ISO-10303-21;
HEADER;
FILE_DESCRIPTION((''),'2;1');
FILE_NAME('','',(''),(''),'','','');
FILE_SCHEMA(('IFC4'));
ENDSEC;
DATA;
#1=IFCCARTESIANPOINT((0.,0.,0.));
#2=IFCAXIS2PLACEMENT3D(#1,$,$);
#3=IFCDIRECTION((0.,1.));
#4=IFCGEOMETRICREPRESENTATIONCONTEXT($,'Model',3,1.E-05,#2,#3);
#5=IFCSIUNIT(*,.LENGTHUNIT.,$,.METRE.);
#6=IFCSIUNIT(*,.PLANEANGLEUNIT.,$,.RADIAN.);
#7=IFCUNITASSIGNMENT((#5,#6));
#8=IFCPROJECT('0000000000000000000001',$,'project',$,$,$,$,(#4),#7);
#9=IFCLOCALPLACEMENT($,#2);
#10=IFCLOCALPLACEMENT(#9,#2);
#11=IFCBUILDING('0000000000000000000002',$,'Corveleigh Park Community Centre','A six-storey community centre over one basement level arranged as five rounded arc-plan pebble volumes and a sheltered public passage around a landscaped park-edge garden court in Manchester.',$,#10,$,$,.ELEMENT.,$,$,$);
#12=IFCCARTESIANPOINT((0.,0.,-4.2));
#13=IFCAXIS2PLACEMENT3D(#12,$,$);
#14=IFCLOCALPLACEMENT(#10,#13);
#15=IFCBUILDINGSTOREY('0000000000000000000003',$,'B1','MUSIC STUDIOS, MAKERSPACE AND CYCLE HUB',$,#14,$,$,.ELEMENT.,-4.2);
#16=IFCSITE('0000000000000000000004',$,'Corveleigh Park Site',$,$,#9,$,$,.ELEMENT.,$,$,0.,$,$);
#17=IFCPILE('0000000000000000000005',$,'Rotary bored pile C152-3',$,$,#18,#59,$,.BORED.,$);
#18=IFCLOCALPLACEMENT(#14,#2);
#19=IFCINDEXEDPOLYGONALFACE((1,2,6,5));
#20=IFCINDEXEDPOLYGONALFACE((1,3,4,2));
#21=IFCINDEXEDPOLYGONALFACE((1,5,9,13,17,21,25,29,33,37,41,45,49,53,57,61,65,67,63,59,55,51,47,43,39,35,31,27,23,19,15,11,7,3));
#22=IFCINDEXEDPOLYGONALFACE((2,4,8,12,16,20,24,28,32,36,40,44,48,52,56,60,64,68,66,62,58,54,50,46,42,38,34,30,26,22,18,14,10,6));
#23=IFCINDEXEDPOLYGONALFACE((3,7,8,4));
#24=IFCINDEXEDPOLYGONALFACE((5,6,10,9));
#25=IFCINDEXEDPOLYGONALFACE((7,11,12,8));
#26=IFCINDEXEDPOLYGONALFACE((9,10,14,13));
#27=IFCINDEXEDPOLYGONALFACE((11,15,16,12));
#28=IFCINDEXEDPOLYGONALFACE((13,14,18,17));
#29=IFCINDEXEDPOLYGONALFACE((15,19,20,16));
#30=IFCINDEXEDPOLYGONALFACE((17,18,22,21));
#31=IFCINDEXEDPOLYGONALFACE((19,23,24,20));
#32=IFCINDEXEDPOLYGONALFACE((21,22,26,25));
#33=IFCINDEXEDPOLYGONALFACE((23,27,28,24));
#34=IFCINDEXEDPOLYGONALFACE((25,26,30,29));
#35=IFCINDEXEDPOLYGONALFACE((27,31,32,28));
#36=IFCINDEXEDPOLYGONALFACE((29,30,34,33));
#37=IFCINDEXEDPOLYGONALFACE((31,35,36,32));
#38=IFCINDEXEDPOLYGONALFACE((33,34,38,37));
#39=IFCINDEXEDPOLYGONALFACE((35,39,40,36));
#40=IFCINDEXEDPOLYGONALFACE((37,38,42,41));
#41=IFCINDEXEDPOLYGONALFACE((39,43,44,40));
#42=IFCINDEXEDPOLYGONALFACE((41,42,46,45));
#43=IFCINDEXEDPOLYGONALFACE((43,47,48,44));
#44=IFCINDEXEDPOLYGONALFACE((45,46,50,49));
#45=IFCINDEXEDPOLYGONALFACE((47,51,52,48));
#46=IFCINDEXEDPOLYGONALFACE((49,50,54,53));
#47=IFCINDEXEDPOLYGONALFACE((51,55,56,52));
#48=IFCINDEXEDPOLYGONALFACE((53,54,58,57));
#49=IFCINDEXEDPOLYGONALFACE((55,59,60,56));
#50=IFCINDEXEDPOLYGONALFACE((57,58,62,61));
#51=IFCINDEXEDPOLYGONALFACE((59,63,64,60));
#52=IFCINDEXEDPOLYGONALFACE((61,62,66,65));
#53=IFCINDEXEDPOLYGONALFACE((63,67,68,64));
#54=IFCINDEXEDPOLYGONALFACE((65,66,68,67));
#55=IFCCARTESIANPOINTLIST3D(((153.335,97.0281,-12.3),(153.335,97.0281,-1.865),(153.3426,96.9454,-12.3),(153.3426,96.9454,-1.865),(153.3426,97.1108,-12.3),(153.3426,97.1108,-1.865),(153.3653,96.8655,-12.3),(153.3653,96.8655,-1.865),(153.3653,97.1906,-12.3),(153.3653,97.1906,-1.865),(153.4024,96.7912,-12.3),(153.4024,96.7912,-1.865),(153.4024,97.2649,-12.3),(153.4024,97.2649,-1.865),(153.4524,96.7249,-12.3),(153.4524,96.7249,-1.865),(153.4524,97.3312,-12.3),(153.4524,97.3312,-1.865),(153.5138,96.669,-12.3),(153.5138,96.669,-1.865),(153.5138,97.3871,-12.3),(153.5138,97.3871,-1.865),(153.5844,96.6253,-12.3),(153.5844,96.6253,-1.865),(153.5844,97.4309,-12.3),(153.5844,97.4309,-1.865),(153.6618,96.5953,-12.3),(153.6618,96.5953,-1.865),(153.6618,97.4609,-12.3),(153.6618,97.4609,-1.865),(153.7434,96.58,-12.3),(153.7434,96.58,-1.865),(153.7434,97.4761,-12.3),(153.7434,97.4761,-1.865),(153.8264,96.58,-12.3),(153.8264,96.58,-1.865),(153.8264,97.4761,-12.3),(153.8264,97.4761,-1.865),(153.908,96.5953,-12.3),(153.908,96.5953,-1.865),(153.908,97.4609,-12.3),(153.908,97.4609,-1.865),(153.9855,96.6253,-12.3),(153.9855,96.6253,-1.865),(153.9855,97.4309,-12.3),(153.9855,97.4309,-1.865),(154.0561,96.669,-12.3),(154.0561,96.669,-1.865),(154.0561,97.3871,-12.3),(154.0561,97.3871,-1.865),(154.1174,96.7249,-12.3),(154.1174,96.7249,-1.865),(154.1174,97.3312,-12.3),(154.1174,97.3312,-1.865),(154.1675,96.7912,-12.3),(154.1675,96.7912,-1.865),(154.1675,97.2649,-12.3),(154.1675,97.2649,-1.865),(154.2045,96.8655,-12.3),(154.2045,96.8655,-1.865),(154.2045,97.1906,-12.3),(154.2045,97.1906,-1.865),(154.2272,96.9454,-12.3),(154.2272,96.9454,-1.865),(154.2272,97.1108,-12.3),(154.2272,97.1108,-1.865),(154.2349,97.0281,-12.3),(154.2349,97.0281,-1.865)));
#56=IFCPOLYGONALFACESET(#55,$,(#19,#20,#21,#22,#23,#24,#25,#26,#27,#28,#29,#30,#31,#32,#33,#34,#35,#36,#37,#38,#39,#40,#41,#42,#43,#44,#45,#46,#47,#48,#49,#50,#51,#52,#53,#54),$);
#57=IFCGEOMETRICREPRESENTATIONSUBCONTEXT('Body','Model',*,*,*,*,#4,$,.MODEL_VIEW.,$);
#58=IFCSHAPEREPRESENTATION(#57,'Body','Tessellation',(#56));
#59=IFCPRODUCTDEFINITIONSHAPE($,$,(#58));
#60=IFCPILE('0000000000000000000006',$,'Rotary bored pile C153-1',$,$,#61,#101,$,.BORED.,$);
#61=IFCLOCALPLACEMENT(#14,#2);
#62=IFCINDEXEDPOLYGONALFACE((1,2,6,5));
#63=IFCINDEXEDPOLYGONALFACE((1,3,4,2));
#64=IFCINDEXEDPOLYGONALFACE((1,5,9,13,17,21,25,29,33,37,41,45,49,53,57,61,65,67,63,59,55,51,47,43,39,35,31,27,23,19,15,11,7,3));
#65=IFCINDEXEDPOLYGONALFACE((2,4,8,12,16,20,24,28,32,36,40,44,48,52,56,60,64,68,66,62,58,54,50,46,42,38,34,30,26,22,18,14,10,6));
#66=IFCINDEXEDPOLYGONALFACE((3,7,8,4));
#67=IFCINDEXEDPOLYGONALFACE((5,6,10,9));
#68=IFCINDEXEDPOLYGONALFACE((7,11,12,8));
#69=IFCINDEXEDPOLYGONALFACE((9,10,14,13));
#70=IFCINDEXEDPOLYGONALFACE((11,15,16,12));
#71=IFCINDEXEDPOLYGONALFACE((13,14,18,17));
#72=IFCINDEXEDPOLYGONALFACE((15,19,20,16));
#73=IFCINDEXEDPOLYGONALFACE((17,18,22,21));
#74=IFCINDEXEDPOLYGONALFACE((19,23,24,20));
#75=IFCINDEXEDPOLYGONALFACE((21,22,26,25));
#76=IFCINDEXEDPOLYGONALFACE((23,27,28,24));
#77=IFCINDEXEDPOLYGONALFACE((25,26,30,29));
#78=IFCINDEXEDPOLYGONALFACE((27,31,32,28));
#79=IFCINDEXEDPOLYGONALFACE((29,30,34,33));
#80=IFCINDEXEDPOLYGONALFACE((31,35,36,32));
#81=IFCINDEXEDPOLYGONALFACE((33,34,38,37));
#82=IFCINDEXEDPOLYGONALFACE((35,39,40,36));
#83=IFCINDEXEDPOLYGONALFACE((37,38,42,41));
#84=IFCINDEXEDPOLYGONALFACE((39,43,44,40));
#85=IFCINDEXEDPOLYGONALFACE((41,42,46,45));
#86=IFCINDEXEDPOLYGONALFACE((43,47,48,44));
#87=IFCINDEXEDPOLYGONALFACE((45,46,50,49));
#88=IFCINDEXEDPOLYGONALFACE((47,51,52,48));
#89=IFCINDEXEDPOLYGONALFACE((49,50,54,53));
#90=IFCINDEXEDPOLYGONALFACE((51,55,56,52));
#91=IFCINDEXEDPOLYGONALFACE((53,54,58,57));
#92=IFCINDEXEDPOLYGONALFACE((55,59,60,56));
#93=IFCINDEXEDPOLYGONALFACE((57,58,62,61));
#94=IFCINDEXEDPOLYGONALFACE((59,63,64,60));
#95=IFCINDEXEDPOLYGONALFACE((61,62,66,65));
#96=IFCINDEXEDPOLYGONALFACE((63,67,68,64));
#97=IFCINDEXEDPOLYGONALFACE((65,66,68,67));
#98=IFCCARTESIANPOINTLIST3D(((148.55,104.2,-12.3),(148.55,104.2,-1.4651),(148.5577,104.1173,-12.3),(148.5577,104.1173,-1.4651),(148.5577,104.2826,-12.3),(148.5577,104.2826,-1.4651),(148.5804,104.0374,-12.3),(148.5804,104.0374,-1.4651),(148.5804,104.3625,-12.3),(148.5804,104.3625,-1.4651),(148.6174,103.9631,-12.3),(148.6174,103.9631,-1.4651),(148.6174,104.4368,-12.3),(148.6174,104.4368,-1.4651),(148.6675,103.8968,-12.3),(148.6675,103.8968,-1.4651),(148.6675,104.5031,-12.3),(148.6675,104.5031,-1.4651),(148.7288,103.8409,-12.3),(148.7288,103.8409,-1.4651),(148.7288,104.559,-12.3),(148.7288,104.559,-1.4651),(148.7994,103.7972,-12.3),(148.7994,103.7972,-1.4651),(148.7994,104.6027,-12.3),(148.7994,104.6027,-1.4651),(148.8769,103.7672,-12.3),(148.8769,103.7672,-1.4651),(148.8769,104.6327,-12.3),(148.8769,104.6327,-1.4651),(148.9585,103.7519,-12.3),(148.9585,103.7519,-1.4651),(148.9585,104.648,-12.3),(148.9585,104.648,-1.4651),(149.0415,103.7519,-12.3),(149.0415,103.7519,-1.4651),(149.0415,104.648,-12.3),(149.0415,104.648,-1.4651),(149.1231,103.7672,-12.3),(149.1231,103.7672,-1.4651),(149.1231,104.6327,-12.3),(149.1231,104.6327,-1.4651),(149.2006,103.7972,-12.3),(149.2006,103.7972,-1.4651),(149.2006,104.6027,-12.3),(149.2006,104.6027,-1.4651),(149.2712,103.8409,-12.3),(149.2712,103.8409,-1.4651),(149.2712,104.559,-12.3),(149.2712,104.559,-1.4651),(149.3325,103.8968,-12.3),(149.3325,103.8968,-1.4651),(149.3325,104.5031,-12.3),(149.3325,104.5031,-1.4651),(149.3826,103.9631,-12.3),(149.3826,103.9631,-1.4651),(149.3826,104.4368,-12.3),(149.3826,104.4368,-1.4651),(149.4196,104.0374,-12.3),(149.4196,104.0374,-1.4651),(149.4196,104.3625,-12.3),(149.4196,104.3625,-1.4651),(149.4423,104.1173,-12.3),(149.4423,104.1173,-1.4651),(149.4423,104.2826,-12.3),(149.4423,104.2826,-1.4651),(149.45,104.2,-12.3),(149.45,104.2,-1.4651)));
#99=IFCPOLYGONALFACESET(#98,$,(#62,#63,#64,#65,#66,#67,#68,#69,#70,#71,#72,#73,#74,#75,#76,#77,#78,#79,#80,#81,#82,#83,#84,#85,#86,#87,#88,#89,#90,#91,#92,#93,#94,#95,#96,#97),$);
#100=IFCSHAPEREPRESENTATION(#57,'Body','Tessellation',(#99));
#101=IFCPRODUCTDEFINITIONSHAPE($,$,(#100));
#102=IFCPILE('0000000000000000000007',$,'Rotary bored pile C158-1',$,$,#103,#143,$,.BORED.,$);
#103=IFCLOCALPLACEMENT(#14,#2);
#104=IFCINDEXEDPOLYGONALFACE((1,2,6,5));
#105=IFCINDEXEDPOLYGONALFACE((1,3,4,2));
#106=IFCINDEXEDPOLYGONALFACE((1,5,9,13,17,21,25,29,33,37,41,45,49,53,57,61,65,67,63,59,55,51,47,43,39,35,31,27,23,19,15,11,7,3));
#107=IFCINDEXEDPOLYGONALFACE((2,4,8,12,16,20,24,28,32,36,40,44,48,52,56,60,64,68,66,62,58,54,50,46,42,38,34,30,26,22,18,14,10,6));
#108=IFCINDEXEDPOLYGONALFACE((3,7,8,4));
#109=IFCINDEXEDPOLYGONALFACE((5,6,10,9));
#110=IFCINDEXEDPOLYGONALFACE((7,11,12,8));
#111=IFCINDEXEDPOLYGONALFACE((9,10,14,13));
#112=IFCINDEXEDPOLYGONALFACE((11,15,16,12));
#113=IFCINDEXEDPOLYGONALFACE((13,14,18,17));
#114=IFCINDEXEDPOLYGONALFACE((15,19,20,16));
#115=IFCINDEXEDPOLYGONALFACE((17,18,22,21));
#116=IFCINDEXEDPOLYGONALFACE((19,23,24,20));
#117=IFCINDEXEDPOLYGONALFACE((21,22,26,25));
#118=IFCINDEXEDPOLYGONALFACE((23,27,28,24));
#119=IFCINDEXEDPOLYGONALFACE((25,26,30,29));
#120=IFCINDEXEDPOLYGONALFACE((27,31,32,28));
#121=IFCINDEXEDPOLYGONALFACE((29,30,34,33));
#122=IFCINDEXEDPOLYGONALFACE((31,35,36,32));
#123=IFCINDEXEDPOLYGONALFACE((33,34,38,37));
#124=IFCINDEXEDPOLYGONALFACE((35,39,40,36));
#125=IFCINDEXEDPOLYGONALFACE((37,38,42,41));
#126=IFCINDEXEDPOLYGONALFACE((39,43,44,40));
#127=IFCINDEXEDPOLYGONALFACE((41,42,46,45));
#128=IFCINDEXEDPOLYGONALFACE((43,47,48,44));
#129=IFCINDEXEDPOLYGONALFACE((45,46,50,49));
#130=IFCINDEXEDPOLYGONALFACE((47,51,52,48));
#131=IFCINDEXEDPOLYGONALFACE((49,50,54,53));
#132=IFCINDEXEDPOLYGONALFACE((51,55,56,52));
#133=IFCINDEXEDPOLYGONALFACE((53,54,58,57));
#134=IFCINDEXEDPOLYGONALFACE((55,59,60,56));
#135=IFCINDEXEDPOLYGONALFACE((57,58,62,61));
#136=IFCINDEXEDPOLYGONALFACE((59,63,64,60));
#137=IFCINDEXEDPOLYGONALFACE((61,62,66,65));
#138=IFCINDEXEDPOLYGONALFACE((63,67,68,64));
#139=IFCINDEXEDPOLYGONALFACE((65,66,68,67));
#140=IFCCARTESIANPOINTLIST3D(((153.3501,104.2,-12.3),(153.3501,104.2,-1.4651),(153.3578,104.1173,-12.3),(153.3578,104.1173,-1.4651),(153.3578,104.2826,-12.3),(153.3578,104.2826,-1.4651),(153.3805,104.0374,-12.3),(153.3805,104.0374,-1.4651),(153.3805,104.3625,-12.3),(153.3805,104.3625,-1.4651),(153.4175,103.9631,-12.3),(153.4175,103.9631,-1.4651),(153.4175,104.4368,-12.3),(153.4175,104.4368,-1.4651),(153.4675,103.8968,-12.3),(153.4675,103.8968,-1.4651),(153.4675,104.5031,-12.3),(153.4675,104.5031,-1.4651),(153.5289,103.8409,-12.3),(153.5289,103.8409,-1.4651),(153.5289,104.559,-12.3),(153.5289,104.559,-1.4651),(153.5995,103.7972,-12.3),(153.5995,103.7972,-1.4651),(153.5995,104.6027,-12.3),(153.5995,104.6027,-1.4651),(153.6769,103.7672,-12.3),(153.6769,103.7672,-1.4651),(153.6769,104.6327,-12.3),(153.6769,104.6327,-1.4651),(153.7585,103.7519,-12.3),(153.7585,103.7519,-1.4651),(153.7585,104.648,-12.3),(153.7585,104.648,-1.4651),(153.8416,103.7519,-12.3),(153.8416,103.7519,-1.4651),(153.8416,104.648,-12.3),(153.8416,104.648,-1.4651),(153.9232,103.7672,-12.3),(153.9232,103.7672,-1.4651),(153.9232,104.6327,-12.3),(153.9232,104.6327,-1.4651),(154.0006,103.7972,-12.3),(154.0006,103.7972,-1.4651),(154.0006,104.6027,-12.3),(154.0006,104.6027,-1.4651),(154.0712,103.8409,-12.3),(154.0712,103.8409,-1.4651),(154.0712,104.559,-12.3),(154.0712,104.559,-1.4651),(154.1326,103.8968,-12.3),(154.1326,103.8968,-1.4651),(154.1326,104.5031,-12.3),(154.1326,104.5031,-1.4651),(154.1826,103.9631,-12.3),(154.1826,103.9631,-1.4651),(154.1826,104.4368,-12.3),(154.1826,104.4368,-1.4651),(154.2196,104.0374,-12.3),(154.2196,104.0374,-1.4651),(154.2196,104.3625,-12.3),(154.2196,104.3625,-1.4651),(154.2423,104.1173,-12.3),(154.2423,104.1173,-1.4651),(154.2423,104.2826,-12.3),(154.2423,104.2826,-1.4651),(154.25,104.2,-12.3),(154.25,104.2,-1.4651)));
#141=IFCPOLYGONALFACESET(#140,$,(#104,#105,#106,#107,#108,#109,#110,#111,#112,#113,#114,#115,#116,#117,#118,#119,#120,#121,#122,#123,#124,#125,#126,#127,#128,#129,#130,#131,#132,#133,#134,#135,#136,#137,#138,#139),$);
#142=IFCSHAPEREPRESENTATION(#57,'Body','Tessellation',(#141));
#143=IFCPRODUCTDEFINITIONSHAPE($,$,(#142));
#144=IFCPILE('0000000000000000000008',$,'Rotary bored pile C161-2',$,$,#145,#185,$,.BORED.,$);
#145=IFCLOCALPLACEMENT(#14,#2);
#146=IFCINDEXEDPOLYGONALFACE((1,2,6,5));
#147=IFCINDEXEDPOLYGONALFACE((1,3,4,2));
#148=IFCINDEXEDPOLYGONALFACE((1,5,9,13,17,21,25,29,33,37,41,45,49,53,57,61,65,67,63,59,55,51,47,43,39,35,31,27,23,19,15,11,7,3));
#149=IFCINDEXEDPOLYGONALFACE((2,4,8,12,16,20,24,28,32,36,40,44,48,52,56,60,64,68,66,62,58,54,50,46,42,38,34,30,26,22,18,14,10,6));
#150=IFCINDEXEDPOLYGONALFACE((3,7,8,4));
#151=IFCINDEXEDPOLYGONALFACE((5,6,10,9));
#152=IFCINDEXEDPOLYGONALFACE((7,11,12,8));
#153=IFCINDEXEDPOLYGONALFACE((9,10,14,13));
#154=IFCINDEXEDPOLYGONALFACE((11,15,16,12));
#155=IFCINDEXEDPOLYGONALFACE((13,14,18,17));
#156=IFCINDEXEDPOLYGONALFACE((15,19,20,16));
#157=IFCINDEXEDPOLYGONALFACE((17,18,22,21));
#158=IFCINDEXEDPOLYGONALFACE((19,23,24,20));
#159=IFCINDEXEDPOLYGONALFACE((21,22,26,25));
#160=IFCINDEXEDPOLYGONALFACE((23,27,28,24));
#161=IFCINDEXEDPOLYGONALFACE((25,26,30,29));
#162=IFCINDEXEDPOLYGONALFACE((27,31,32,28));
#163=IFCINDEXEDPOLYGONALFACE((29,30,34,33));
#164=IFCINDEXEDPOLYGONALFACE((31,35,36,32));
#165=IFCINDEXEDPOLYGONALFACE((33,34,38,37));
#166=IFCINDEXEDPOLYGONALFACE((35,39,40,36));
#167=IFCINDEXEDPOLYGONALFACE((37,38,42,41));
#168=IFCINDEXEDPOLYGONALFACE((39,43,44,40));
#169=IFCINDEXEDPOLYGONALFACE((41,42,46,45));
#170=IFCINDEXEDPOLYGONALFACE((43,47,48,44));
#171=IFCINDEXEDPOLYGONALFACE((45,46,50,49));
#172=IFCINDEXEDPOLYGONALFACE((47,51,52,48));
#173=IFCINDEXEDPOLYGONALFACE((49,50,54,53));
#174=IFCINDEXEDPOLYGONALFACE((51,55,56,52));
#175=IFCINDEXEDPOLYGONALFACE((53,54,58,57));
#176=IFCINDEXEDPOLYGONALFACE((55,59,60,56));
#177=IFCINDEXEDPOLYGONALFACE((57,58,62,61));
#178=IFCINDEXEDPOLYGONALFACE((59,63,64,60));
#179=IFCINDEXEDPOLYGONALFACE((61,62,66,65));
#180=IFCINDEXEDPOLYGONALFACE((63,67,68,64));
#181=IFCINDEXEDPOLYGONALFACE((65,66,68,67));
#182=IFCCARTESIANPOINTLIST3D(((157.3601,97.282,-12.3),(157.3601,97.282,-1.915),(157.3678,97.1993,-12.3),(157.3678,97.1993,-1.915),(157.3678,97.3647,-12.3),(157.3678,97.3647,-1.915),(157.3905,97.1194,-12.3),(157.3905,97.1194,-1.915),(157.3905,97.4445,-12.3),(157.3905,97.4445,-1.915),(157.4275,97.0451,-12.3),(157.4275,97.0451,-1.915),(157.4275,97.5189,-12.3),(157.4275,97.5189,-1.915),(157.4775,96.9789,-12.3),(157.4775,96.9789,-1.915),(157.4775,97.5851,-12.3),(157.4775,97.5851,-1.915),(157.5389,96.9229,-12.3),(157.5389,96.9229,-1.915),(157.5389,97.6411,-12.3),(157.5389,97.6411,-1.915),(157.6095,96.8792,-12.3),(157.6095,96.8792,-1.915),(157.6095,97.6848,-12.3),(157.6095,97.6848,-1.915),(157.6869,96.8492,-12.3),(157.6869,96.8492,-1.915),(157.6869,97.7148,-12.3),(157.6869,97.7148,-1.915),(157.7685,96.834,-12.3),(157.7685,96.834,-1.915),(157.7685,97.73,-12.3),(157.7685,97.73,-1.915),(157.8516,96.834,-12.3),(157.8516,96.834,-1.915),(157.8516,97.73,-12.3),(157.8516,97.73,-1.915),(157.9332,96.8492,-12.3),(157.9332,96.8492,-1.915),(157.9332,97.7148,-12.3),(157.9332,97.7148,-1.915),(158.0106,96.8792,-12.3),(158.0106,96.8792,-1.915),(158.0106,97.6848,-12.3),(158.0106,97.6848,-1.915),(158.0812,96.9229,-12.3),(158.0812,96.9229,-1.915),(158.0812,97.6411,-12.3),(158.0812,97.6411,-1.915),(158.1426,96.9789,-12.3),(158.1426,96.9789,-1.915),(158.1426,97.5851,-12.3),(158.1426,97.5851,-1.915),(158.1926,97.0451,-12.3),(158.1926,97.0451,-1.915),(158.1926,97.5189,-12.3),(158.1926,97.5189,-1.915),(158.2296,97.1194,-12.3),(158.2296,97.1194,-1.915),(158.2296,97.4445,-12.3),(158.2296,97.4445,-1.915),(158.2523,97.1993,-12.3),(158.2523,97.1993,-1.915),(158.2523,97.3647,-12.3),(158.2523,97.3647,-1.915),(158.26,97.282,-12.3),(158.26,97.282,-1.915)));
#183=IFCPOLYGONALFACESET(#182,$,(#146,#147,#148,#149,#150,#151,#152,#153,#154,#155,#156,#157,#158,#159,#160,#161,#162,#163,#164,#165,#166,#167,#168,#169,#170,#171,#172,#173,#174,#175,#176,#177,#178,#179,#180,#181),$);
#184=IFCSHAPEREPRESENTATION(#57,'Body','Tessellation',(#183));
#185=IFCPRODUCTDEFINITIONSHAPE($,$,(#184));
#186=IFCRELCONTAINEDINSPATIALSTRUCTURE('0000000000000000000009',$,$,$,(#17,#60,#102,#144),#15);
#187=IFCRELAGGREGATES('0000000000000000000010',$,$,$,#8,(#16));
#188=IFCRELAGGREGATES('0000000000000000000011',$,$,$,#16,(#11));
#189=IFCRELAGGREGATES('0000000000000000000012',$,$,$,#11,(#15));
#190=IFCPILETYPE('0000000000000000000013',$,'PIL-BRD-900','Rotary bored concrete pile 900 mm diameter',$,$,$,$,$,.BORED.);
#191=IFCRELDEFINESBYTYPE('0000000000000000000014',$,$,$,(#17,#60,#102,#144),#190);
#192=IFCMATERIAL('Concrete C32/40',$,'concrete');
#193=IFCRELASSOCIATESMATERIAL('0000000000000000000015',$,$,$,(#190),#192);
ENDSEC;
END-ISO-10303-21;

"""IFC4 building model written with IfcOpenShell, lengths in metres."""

from ifc_helpers import new_model, si_unit, direction, frame, origin, origin_2d, place, context, subcontext, project, spatial, circle, extrude, material, material_profile, profile_set, type_object, element, save


model = new_model("IFC4")

# Units and contexts
model_context = context("Model", 3, precision=1e-05, world=origin(), true_north=direction((0.0, 1.0)))
body_context = subcontext(model_context, "Body", "Model", "MODEL_VIEW")
ifc_project = project(units=[si_unit("LENGTHUNIT", "METRE"), si_unit("PLANEANGLEUNIT", "RADIAN")], contexts=[model_context])

# Site, building, storey
site_placement = place(None, origin())
site = spatial("IfcSite", under=ifc_project, at=site_placement, Name="Corveleigh Park Site", CompositionType="ELEMENT", RefElevation=0.0)
building_placement = place(site_placement, origin())
building = spatial("IfcBuilding", under=site, at=building_placement, Name="Corveleigh Park Community Centre", Description="A six-storey community centre over one basement level arranged as five rounded arc-plan pebble volumes and a sheltered public passage around a landscaped park-edge garden court in Manchester.", CompositionType="ELEMENT")
storey_placement = place(building_placement, frame((0.0, 0.0, -4.2)))
storey = spatial("IfcBuildingStorey", under=building, at=storey_placement, Name="B1", Description="MUSIC STUDIOS, MAKERSPACE AND CYCLE HUB", CompositionType="ELEMENT", Elevation=-4.2)

# Piles
ifc_material_1 = material(Name="Concrete C32/40", Category="concrete")
ifc_material_profile_1 = material_profile(ifc_material_1, circle(Radius=0.45, at=origin_2d()), Name="BORED-PILE-900", Category="concrete")
ifc_profile_set_1 = profile_set([ifc_material_profile_1], Name="Concrete C32/40")
pile_type = type_object("IfcPileType", Name="PIL-BRD-900", Description="Rotary bored concrete pile 900 mm diameter", PredefinedType="BORED", material=ifc_profile_set_1)
for number, where, z_axis, x_axis, name in (
    (1, (153.7849, 97.0281, -1.865), (0.0, 0.0, -1.0), (1.0, 0.0, 0.0), "Rotary bored pile C152-3"),
):
    element("IfcPile", number, at=place(storey_placement, frame(where, z_axis=z_axis, x_axis=x_axis)), inside=storey, type_object=pile_type, Name=name, PredefinedType="BORED", context=body_context, shape_type="SweptSolid", body=[
        extrude(circle(Radius=0.45, at=origin_2d()), origin(), (0.0, 0.0, 1.0), 10.4351),
    ])
for number, where, z_axis, x_axis, name in (
    (2, (149.0, 104.2, -1.4651), (0.0, 0.0, -1.0), (1.0, 0.0, 0.0), "Rotary bored pile C153-1"),
    (3, (153.8, 104.2, -1.4651), (0.0, 0.0, -1.0), (1.0, 0.0, 0.0), "Rotary bored pile C158-1"),
):
    element("IfcPile", number, at=place(storey_placement, frame(where, z_axis=z_axis, x_axis=x_axis)), inside=storey, type_object=pile_type, Name=name, PredefinedType="BORED", context=body_context, shape_type="SweptSolid", body=[
        extrude(circle(Radius=0.45, at=origin_2d()), origin(), (0.0, 0.0, 1.0), 10.835),
    ])
for number, where, z_axis, x_axis, name in (
    (4, (157.8101, 97.282, -1.915), (0.0, 0.0, -1.0), (1.0, 0.0, 0.0), "Rotary bored pile C161-2"),
):
    element("IfcPile", number, at=place(storey_placement, frame(where, z_axis=z_axis, x_axis=x_axis)), inside=storey, type_object=pile_type, Name=name, PredefinedType="BORED", context=body_context, shape_type="SweptSolid", body=[
        extrude(circle(Radius=0.45, at=origin_2d()), origin(), (0.0, 0.0, 1.0), 10.385),
    ])

save(model, "model.ifc")
